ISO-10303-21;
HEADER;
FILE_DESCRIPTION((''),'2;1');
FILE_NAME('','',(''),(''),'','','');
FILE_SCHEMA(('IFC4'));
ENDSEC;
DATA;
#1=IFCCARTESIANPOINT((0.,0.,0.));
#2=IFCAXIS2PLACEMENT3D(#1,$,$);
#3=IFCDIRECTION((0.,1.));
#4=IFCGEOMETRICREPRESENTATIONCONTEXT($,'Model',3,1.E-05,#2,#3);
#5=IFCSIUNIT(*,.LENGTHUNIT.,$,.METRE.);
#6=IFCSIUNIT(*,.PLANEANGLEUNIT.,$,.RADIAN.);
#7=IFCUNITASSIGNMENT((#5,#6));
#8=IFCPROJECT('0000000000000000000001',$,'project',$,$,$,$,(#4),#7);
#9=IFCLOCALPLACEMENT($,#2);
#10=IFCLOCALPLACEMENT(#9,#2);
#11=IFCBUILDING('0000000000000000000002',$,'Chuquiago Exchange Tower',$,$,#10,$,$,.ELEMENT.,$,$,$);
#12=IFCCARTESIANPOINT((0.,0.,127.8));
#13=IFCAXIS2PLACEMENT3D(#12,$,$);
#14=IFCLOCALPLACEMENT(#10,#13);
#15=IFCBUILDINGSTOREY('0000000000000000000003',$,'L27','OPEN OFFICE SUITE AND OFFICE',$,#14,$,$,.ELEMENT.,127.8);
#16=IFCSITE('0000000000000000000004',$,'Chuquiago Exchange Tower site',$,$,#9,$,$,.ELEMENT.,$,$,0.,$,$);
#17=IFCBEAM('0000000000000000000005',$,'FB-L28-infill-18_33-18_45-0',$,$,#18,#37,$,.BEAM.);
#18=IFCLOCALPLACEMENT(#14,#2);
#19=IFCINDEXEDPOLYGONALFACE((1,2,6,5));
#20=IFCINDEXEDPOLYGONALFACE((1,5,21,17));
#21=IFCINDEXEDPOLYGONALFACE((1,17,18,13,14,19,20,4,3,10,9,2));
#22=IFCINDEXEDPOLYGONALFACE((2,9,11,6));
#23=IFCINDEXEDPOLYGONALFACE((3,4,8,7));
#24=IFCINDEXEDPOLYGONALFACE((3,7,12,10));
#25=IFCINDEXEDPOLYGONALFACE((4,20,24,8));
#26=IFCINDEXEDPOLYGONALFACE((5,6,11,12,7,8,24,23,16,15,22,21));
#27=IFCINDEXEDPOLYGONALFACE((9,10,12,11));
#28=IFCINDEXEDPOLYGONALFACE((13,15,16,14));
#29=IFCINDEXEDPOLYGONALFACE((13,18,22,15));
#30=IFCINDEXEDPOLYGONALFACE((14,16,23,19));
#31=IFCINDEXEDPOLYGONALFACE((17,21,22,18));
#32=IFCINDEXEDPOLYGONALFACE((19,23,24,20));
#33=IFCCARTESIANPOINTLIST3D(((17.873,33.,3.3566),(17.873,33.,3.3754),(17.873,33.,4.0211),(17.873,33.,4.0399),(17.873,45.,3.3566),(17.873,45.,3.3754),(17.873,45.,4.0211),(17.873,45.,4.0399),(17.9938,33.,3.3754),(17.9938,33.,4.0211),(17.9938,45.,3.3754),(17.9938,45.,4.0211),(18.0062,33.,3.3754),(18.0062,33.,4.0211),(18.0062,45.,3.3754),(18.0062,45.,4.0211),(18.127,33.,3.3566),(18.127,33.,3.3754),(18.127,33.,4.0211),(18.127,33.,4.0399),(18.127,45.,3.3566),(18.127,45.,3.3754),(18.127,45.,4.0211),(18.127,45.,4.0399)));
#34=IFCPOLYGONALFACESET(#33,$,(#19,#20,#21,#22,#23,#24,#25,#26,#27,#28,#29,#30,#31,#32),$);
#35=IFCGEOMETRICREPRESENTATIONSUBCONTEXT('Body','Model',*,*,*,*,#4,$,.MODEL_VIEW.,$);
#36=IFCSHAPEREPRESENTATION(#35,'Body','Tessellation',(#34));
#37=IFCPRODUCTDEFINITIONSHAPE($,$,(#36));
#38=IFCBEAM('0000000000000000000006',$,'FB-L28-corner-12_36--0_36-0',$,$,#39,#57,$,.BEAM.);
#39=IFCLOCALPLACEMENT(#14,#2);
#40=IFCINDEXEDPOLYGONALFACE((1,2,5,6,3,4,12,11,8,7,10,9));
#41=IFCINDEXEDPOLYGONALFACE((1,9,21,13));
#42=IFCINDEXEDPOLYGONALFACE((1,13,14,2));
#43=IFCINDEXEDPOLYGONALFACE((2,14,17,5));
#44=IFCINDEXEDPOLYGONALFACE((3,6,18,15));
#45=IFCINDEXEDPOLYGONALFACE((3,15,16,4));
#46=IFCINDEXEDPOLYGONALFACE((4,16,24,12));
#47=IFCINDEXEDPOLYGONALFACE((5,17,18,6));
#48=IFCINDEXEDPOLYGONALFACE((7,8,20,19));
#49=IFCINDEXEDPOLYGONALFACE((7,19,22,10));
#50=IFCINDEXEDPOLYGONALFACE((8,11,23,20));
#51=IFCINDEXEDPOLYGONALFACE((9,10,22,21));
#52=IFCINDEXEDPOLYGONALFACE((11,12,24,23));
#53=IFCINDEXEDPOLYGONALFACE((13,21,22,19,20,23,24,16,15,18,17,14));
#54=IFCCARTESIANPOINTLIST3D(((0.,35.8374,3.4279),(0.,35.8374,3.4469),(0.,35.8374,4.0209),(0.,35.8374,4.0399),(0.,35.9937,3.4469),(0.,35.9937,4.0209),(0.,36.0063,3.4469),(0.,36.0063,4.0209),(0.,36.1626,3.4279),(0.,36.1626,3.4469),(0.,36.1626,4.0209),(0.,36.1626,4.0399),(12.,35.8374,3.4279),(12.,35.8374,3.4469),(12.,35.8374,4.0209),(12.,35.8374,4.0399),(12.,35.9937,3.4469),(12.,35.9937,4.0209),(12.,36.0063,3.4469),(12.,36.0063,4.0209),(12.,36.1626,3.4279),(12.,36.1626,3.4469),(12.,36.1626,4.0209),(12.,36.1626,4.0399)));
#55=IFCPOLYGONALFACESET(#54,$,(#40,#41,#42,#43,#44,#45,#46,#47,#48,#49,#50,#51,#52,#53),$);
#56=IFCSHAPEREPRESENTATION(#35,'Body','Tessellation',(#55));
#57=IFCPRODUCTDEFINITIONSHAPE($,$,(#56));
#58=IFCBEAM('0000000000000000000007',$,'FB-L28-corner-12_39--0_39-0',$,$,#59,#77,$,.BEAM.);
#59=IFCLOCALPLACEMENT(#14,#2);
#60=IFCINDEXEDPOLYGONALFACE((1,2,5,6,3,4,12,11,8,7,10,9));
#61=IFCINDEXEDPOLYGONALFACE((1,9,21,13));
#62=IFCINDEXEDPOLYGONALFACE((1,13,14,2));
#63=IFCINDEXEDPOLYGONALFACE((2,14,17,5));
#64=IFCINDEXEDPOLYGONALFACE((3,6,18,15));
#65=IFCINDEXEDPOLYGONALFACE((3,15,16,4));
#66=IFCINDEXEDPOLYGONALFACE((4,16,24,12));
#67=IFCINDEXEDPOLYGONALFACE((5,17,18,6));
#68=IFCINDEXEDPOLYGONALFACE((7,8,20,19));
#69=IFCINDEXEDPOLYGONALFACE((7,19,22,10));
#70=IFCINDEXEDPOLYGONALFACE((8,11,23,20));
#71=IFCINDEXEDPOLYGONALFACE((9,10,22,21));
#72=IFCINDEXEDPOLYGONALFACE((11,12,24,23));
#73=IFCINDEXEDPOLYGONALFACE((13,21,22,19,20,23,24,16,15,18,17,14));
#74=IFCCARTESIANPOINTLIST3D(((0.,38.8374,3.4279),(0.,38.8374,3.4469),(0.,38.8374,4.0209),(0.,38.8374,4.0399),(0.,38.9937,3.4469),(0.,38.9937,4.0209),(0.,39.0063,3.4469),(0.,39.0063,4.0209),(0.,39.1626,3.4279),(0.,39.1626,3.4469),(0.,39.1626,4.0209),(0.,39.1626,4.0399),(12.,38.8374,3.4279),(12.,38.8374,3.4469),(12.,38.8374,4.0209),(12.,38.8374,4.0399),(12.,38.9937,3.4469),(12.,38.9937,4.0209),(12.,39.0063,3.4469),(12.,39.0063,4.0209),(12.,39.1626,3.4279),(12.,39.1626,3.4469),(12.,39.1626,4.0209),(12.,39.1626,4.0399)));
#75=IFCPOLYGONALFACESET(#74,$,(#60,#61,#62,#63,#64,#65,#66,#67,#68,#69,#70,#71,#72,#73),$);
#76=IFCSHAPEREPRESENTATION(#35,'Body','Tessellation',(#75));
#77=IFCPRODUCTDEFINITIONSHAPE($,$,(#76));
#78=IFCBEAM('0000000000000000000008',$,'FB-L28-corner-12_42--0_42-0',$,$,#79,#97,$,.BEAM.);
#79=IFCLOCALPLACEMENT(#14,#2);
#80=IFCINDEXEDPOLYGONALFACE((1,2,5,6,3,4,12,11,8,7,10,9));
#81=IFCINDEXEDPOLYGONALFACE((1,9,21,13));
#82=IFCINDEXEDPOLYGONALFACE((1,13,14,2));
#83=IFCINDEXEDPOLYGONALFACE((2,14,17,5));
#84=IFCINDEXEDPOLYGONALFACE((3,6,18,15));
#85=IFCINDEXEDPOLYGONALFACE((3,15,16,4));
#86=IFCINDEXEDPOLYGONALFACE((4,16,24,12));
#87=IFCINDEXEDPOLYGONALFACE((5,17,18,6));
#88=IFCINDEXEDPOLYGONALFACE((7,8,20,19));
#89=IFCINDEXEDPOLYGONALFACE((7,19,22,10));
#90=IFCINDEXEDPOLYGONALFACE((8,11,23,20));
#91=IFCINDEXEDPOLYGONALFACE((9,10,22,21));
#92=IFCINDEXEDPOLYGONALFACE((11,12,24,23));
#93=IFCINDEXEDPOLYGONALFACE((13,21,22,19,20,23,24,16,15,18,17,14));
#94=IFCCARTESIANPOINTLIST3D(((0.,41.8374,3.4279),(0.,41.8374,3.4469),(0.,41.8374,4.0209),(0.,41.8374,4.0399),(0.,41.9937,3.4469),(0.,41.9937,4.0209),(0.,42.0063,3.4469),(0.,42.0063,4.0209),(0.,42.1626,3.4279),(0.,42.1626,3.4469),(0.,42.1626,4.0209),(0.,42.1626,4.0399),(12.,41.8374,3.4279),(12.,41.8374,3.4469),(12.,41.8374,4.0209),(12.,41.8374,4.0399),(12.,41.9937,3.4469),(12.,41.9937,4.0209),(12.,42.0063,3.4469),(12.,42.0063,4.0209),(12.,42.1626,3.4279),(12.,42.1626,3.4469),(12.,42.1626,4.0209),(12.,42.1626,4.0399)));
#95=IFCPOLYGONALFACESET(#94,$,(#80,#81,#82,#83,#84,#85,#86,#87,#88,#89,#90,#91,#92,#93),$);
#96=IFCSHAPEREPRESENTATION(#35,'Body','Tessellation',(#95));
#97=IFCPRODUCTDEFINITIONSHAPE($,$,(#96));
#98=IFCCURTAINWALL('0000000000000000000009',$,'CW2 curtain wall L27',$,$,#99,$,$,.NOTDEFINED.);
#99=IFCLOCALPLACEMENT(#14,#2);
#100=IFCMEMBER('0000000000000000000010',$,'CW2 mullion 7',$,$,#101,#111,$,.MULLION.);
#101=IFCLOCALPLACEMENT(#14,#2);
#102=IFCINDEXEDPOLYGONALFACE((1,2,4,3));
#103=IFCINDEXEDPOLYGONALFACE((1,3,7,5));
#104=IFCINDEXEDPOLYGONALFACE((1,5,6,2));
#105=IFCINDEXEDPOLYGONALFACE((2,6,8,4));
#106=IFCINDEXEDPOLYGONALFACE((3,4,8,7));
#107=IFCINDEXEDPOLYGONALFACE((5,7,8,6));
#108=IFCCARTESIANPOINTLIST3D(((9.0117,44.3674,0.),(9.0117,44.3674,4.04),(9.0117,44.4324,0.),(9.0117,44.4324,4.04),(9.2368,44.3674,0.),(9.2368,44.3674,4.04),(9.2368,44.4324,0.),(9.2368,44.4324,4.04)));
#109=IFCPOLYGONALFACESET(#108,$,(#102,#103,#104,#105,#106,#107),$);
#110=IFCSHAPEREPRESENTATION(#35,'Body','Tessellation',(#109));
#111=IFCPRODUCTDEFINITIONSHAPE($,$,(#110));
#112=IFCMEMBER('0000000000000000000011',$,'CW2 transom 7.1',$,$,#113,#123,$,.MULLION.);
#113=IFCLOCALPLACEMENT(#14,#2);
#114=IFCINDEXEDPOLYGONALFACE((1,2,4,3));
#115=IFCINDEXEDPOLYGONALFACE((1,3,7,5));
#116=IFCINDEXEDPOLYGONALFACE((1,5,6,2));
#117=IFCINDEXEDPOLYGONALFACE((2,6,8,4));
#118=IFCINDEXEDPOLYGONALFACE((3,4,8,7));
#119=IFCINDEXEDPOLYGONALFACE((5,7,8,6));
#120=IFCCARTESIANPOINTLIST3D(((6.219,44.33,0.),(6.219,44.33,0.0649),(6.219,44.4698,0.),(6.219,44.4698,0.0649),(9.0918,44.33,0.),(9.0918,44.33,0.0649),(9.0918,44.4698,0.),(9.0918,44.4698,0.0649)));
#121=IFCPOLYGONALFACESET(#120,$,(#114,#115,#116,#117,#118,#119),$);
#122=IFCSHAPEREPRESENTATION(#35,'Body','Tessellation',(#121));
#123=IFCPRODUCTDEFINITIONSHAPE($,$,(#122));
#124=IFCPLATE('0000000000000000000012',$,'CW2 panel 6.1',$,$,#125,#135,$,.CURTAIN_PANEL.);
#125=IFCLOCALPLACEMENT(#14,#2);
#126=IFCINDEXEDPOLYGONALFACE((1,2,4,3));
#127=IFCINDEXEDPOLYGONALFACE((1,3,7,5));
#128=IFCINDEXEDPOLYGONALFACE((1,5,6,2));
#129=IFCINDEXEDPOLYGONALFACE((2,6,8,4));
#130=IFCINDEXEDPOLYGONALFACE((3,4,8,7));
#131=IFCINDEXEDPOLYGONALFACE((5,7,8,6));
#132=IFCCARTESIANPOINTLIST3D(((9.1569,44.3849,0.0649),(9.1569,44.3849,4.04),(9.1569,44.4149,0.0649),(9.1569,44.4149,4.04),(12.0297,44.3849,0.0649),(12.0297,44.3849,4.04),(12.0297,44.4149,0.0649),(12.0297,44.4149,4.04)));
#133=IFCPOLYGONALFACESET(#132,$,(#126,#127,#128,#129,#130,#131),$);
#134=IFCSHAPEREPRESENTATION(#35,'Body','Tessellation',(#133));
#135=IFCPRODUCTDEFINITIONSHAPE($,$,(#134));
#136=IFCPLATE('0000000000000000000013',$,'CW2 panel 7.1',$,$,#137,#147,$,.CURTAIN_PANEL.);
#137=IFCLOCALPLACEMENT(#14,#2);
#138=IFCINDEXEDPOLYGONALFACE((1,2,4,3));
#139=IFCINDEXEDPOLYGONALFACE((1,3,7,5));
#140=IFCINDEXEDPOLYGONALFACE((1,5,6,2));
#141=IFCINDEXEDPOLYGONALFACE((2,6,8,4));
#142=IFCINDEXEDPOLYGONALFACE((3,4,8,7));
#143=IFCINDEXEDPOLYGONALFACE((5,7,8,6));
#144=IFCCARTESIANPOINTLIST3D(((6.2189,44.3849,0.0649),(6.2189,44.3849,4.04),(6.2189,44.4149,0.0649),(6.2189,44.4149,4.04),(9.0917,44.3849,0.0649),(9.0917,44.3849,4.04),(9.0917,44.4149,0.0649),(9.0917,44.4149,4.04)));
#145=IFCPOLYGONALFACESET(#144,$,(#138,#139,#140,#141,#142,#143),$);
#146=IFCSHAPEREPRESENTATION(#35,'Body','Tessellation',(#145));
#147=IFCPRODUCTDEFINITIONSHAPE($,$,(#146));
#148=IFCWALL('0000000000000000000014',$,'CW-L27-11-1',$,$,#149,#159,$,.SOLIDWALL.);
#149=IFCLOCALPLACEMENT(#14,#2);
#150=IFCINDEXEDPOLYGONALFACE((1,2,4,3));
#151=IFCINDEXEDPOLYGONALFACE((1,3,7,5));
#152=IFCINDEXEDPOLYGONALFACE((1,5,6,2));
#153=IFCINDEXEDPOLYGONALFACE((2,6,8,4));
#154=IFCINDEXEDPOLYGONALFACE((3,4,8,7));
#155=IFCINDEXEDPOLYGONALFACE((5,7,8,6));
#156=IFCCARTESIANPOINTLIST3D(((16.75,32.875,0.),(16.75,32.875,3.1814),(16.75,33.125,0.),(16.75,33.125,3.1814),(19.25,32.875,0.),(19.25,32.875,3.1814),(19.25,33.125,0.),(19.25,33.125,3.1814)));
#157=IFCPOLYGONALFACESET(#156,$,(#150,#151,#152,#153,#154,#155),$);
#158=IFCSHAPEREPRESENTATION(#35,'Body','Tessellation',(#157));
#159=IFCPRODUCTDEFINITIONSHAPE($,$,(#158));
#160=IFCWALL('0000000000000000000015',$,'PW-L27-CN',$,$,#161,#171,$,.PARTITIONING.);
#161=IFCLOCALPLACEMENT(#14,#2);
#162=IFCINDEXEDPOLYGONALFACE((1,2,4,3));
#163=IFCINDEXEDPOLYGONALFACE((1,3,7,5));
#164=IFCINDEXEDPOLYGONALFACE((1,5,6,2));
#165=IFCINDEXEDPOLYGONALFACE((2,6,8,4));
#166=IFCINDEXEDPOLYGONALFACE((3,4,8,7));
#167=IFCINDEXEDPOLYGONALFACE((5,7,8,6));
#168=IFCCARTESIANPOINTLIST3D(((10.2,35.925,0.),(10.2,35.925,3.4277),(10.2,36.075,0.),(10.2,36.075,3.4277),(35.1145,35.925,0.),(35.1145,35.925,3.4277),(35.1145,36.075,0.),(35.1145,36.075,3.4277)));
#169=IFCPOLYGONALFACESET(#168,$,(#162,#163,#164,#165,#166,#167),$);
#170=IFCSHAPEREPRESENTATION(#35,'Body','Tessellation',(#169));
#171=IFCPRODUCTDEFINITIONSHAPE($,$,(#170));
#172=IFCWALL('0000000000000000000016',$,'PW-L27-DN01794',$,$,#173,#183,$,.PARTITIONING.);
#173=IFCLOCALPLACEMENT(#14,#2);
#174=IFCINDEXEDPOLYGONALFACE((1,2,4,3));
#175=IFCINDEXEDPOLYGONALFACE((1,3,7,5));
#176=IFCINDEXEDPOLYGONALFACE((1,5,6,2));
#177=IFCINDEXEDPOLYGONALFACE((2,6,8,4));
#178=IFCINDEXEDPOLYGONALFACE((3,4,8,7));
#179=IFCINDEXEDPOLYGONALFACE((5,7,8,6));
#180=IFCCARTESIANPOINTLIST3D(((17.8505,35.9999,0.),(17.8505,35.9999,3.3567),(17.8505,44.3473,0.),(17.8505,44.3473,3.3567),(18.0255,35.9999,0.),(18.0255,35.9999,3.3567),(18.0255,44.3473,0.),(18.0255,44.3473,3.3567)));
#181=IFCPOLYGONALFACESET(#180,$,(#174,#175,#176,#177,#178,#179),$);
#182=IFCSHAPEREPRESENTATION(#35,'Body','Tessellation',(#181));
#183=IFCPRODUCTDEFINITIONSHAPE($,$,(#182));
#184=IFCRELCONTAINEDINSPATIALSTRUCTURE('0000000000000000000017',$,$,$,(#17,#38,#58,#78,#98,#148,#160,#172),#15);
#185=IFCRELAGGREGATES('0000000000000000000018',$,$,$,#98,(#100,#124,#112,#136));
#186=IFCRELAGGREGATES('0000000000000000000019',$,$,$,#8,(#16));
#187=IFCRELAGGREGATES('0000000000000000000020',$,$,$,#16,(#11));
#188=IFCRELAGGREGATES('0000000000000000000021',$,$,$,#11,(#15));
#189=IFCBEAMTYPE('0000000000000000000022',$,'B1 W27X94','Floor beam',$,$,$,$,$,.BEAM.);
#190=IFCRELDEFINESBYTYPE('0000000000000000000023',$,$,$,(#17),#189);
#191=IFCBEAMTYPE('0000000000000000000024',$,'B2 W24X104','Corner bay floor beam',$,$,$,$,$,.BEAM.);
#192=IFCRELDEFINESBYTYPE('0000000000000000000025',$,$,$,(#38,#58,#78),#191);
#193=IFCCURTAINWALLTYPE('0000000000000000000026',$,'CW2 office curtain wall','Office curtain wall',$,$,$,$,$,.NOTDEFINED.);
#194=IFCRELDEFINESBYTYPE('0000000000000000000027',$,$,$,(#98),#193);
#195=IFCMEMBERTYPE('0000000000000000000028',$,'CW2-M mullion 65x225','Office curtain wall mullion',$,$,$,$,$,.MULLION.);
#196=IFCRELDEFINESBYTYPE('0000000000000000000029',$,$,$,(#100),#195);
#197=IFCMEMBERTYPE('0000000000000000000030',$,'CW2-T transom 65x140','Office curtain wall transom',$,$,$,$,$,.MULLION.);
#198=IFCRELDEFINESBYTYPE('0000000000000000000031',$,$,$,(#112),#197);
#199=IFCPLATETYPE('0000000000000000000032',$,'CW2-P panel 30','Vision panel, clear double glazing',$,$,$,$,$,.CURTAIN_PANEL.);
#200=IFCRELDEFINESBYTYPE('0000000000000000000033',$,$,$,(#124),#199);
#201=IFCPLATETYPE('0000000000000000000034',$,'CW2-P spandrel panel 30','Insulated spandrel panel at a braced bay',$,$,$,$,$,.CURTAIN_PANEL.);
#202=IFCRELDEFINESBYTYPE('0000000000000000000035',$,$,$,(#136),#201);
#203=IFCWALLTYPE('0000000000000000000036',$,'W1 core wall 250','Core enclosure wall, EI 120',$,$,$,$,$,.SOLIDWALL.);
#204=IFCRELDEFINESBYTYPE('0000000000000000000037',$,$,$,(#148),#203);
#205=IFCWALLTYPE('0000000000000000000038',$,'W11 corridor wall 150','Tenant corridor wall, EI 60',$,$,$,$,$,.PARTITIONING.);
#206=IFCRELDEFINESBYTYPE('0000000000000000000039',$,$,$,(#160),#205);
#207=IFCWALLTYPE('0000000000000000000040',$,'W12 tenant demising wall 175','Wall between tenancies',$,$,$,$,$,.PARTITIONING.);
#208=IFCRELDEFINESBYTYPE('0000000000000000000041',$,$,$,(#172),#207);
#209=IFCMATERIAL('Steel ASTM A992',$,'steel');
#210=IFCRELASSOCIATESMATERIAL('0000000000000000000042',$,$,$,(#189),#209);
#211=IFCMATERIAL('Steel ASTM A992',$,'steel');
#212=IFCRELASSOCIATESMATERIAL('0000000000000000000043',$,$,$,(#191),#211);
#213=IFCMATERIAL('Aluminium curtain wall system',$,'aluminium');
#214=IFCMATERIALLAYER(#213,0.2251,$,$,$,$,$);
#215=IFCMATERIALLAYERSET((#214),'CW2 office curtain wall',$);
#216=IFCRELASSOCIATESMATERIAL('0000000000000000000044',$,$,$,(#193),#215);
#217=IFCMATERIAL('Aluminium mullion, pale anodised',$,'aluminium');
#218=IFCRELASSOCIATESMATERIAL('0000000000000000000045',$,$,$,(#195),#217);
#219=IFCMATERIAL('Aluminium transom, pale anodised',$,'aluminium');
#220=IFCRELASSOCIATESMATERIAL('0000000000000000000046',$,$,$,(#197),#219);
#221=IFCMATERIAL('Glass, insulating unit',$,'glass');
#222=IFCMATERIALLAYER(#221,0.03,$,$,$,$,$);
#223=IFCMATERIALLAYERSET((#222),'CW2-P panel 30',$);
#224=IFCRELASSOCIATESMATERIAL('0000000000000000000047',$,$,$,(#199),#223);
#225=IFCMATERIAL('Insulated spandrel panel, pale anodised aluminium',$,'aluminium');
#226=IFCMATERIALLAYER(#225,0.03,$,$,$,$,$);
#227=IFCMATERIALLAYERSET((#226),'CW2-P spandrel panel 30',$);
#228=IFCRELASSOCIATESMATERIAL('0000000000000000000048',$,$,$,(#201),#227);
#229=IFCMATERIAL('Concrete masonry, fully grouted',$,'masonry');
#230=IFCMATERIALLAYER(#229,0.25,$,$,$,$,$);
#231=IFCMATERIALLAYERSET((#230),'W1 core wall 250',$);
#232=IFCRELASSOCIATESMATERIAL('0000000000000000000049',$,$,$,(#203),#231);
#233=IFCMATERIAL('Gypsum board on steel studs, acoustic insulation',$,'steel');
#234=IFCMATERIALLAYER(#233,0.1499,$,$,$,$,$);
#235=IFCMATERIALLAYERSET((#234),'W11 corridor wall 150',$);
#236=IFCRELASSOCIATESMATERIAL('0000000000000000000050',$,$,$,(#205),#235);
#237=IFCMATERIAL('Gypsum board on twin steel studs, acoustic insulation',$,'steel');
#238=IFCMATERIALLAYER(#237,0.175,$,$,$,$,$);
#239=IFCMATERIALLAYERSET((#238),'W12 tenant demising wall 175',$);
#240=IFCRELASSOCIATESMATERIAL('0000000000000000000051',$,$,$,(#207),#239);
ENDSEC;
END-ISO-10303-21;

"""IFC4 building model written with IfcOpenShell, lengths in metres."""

from ifc_helpers import new_model, si_unit, direction, frame, frame_2d, origin, origin_2d, place, context, subcontext, project, spatial, rectangle, i_section, extrude, material, layer, layer_set, material_profile, profile_set, type_object, element, aggregate, save


model = new_model("IFC4")

# Units and contexts
model_context = context("Model", 3, precision=1e-05, world=origin(), true_north=direction((0.0, 1.0)))
body_context = subcontext(model_context, "Body", "Model", "MODEL_VIEW")
ifc_project = project(units=[si_unit("LENGTHUNIT", "METRE"), si_unit("PLANEANGLEUNIT", "RADIAN")], contexts=[model_context])

# Site, building, storey
site_placement = place(None, origin())
site = spatial("IfcSite", under=ifc_project, at=site_placement, Name="Chuquiago Exchange Tower site", CompositionType="ELEMENT", RefElevation=0.0)
building_placement = place(site_placement, origin())
building = spatial("IfcBuilding", under=site, at=building_placement, Name="Chuquiago Exchange Tower", CompositionType="ELEMENT")
storey_placement = place(building_placement, frame((0.0, 0.0, 127.8)))
storey = spatial("IfcBuildingStorey", under=building, at=storey_placement, Name="L27", Description="OPEN OFFICE SUITE AND OFFICE", CompositionType="ELEMENT", Elevation=127.8)

# Beams
ifc_material_1 = material(Name="Steel ASTM A992", Category="steel")
ifc_material_profile_1 = material_profile(ifc_material_1, i_section(OverallWidth=0.2539, OverallDepth=0.6833, WebThickness=0.0125, FlangeThickness=0.0188, at=origin_2d()), Name="W27X94")
ifc_profile_set_1 = profile_set([ifc_material_profile_1], Name="Steel ASTM A992")
beam_type_1 = type_object("IfcBeamType", Name="B1 W27X94", Description="Floor beam", PredefinedType="BEAM", material=ifc_profile_set_1)
beam_placement = place(storey_placement, frame((18.0, 33.0, 3.6982), z_axis=(0.0, 1.0, 0.0), x_axis=(-1.0, 0.0, 0.0)))
element("IfcBeam", 1, at=beam_placement, inside=storey, type_object=beam_type_1, Name="FB-L28-infill-18_33-18_45-0", PredefinedType="BEAM", context=body_context, shape_type="SweptSolid", body=[
    extrude(i_section(OverallWidth=0.2539, OverallDepth=0.6833, WebThickness=0.0125, FlangeThickness=0.0188, at=origin_2d()), origin(), (0.0, 0.0, 1.0), 12.0),
])
ifc_material_2 = material(Name="Steel ASTM A992", Category="steel")
ifc_material_profile_2 = material_profile(ifc_material_2, i_section(OverallWidth=0.3252, OverallDepth=0.6121, WebThickness=0.0127, FlangeThickness=0.019, at=origin_2d()), Name="W24X104")
ifc_profile_set_2 = profile_set([ifc_material_profile_2], Name="Steel ASTM A992")
beam_type_2 = type_object("IfcBeamType", Name="B2 W24X104", Description="Corner bay floor beam", PredefinedType="BEAM", material=ifc_profile_set_2)
for number, where, z_axis, x_axis, name in (
    (2, (12.0, 36.0, 3.7339), (-1.0, 0.0, 0.0), (0.0, -1.0, 0.0), "FB-L28-corner-12_36--0_36-0"),
    (3, (12.0, 39.0, 3.7339), (-1.0, 0.0, 0.0), (0.0, -1.0, 0.0), "FB-L28-corner-12_39--0_39-0"),
    (4, (12.0, 42.0, 3.7339), (-1.0, 0.0, 0.0), (0.0, -1.0, 0.0), "FB-L28-corner-12_42--0_42-0"),
):
    element("IfcBeam", number, at=place(storey_placement, frame(where, z_axis=z_axis, x_axis=x_axis)), inside=storey, type_object=beam_type_2, Name=name, PredefinedType="BEAM", context=body_context, shape_type="SweptSolid", body=[
        extrude(i_section(OverallWidth=0.3252, OverallDepth=0.6121, WebThickness=0.0127, FlangeThickness=0.019, at=origin_2d()), origin(), (0.0, 0.0, 1.0), 12.0),
    ])

# Curtain wall, members, plates
ifc_material_3 = material(Name="Aluminium curtain wall system", Category="aluminium")
ifc_layer_1 = layer(ifc_material_3, 0.2251)
ifc_layer_set_1 = layer_set([ifc_layer_1], Name="CW2 office curtain wall")
curtain_wall_type = type_object("IfcCurtainWallType", Name="CW2 office curtain wall", Description="Office curtain wall", PredefinedType="NOTDEFINED", material=ifc_layer_set_1)
curtain_wall_placement = place(storey_placement, origin())
curtain_wall = element("IfcCurtainWall", 5, at=curtain_wall_placement, inside=storey, type_object=curtain_wall_type, Name="CW2 curtain wall L27", PredefinedType="NOTDEFINED")
ifc_material_4 = material(Name="Aluminium mullion, pale anodised", Category="aluminium")
ifc_material_profile_3 = material_profile(ifc_material_4, rectangle(XDim=0.0649, YDim=0.2251, at=origin_2d()), Name="AL 65x225")
ifc_profile_set_3 = profile_set([ifc_material_profile_3], Name="Aluminium mullion, pale anodised")
member_type_1 = type_object("IfcMemberType", Name="CW2-M mullion 65x225", Description="Office curtain wall mullion", PredefinedType="MULLION", material=ifc_profile_set_3)
member_1_placement = place(storey_placement, frame((9.1243, 44.3999, 0.0), z_axis=(0.0, 0.0, 1.0), x_axis=(0.0, -1.0, 0.0)))
member_1 = element("IfcMember", 6, at=member_1_placement, type_object=member_type_1, Name="CW2 mullion 7", PredefinedType="MULLION", context=body_context, shape_type="SweptSolid", body=[
    extrude(rectangle(XDim=0.0649, YDim=0.2251, at=origin_2d()), origin(), (0.0, 0.0, 1.0), 4.04),
])
ifc_material_5 = material(Name="Aluminium transom, pale anodised", Category="aluminium")
ifc_material_profile_4 = material_profile(ifc_material_5, rectangle(XDim=0.1399, YDim=0.0649, at=origin_2d()), Name="AL 140x65")
ifc_profile_set_4 = profile_set([ifc_material_profile_4], Name="Aluminium transom, pale anodised")
member_type_2 = type_object("IfcMemberType", Name="CW2-T transom 65x140", Description="Office curtain wall transom", PredefinedType="MULLION", material=ifc_profile_set_4)
member_2_placement = place(storey_placement, frame((9.0918, 44.3999, 0.0325), z_axis=(-1.0, 0.0, 0.0), x_axis=(0.0, -1.0, 0.0)))
member_2 = element("IfcMember", 7, at=member_2_placement, type_object=member_type_2, Name="CW2 transom 7.1", PredefinedType="MULLION", context=body_context, shape_type="SweptSolid", body=[
    extrude(rectangle(XDim=0.1399, YDim=0.0649, at=origin_2d()), origin(), (0.0, 0.0, 1.0), 2.8728),
])
ifc_material_6 = material(Name="Glass, insulating unit", Category="glass")
ifc_layer_2 = layer(ifc_material_6, 0.03)
ifc_layer_set_2 = layer_set([ifc_layer_2], Name="CW2-P panel 30")
plate_type_1 = type_object("IfcPlateType", Name="CW2-P panel 30", Description="Vision panel, clear double glazing", PredefinedType="CURTAIN_PANEL", material=ifc_layer_set_2)
plate_1_placement = place(storey_placement, frame((10.5933, 44.3999, 0.0649), z_axis=(0.0, 0.0, 1.0), x_axis=(-1.0, 0.0, 0.0)))
plate_1 = element("IfcPlate", 8, at=plate_1_placement, type_object=plate_type_1, Name="CW2 panel 6.1", PredefinedType="CURTAIN_PANEL", context=body_context, shape_type="SweptSolid", body=[
    extrude(rectangle(XDim=2.8728, YDim=0.03, at=origin_2d()), origin(), (0.0, 0.0, 1.0), 3.9751),
])
ifc_material_7 = material(Name="Insulated spandrel panel, pale anodised aluminium", Category="aluminium")
ifc_layer_3 = layer(ifc_material_7, 0.03)
ifc_layer_set_3 = layer_set([ifc_layer_3], Name="CW2-P spandrel panel 30")
plate_type_2 = type_object("IfcPlateType", Name="CW2-P spandrel panel 30", Description="Insulated spandrel panel at a braced bay", PredefinedType="CURTAIN_PANEL", material=ifc_layer_set_3)
plate_2_placement = place(storey_placement, frame((7.6553, 44.3999, 0.0649), z_axis=(0.0, 0.0, 1.0), x_axis=(-1.0, 0.0, 0.0)))
plate_2 = element("IfcPlate", 9, at=plate_2_placement, type_object=plate_type_2, Name="CW2 panel 7.1", PredefinedType="CURTAIN_PANEL", context=body_context, shape_type="SweptSolid", body=[
    extrude(rectangle(XDim=2.8728, YDim=0.03, at=origin_2d()), origin(), (0.0, 0.0, 1.0), 3.9751),
])
aggregate(curtain_wall, [member_1, plate_1, member_2, plate_2])

# Walls
ifc_material_8 = material(Name="Concrete masonry, fully grouted", Category="masonry")
ifc_layer_4 = layer(ifc_material_8, 0.25)
ifc_layer_set_4 = layer_set([ifc_layer_4], Name="W1 core wall 250")
wall_type_1 = type_object("IfcWallType", Name="W1 core wall 250", Description="Core enclosure wall, EI 120", PredefinedType="SOLIDWALL", material=ifc_layer_set_4)
wall_1_placement = place(storey_placement, frame((16.75, 33.0, 0.0), z_axis=(0.0, 0.0, 1.0), x_axis=(1.0, 0.0, 0.0)))
element("IfcWall", 10, at=wall_1_placement, inside=storey, type_object=wall_type_1, Name="CW-L27-11-1", PredefinedType="SOLIDWALL", context=body_context, shape_type="SweptSolid", body=[
    extrude(rectangle(XDim=2.5, YDim=0.25, at=frame_2d((1.25, 0.0))), origin(), (0.0, 0.0, 1.0), 3.1814),
])
ifc_material_9 = material(Name="Gypsum board on steel studs, acoustic insulation", Category="steel")
ifc_layer_5 = layer(ifc_material_9, 0.1499)
ifc_layer_set_5 = layer_set([ifc_layer_5], Name="W11 corridor wall 150")
wall_type_2 = type_object("IfcWallType", Name="W11 corridor wall 150", Description="Tenant corridor wall, EI 60", PredefinedType="PARTITIONING", material=ifc_layer_set_5)
wall_2_placement = place(storey_placement, frame((10.2, 36.0, 0.0), z_axis=(0.0, 0.0, 1.0), x_axis=(1.0, 0.0, 0.0)))
element("IfcWall", 11, at=wall_2_placement, inside=storey, type_object=wall_type_2, Name="PW-L27-CN", PredefinedType="PARTITIONING", context=body_context, shape_type="SweptSolid", body=[
    extrude(rectangle(XDim=24.9146, YDim=0.1499, at=frame_2d((12.4573, 0.0))), origin(), (0.0, 0.0, 1.0), 3.4277),
])
ifc_material_10 = material(Name="Gypsum board on twin steel studs, acoustic insulation", Category="steel")
ifc_layer_6 = layer(ifc_material_10, 0.175)
ifc_layer_set_6 = layer_set([ifc_layer_6], Name="W12 tenant demising wall 175")
wall_type_3 = type_object("IfcWallType", Name="W12 tenant demising wall 175", Description="Wall between tenancies", PredefinedType="PARTITIONING", material=ifc_layer_set_6)
wall_3_placement = place(storey_placement, frame((17.938, 44.3474, 0.0), z_axis=(0.0, 0.0, 1.0), x_axis=(0.0, -1.0, 0.0)))
element("IfcWall", 12, at=wall_3_placement, inside=storey, type_object=wall_type_3, Name="PW-L27-DN01794", PredefinedType="PARTITIONING", context=body_context, shape_type="SweptSolid", body=[
    extrude(rectangle(XDim=8.3474, YDim=0.175, at=frame_2d((4.1738, 0.0))), origin(), (0.0, 0.0, 1.0), 3.3567),
])

save(model, "model.ifc")
